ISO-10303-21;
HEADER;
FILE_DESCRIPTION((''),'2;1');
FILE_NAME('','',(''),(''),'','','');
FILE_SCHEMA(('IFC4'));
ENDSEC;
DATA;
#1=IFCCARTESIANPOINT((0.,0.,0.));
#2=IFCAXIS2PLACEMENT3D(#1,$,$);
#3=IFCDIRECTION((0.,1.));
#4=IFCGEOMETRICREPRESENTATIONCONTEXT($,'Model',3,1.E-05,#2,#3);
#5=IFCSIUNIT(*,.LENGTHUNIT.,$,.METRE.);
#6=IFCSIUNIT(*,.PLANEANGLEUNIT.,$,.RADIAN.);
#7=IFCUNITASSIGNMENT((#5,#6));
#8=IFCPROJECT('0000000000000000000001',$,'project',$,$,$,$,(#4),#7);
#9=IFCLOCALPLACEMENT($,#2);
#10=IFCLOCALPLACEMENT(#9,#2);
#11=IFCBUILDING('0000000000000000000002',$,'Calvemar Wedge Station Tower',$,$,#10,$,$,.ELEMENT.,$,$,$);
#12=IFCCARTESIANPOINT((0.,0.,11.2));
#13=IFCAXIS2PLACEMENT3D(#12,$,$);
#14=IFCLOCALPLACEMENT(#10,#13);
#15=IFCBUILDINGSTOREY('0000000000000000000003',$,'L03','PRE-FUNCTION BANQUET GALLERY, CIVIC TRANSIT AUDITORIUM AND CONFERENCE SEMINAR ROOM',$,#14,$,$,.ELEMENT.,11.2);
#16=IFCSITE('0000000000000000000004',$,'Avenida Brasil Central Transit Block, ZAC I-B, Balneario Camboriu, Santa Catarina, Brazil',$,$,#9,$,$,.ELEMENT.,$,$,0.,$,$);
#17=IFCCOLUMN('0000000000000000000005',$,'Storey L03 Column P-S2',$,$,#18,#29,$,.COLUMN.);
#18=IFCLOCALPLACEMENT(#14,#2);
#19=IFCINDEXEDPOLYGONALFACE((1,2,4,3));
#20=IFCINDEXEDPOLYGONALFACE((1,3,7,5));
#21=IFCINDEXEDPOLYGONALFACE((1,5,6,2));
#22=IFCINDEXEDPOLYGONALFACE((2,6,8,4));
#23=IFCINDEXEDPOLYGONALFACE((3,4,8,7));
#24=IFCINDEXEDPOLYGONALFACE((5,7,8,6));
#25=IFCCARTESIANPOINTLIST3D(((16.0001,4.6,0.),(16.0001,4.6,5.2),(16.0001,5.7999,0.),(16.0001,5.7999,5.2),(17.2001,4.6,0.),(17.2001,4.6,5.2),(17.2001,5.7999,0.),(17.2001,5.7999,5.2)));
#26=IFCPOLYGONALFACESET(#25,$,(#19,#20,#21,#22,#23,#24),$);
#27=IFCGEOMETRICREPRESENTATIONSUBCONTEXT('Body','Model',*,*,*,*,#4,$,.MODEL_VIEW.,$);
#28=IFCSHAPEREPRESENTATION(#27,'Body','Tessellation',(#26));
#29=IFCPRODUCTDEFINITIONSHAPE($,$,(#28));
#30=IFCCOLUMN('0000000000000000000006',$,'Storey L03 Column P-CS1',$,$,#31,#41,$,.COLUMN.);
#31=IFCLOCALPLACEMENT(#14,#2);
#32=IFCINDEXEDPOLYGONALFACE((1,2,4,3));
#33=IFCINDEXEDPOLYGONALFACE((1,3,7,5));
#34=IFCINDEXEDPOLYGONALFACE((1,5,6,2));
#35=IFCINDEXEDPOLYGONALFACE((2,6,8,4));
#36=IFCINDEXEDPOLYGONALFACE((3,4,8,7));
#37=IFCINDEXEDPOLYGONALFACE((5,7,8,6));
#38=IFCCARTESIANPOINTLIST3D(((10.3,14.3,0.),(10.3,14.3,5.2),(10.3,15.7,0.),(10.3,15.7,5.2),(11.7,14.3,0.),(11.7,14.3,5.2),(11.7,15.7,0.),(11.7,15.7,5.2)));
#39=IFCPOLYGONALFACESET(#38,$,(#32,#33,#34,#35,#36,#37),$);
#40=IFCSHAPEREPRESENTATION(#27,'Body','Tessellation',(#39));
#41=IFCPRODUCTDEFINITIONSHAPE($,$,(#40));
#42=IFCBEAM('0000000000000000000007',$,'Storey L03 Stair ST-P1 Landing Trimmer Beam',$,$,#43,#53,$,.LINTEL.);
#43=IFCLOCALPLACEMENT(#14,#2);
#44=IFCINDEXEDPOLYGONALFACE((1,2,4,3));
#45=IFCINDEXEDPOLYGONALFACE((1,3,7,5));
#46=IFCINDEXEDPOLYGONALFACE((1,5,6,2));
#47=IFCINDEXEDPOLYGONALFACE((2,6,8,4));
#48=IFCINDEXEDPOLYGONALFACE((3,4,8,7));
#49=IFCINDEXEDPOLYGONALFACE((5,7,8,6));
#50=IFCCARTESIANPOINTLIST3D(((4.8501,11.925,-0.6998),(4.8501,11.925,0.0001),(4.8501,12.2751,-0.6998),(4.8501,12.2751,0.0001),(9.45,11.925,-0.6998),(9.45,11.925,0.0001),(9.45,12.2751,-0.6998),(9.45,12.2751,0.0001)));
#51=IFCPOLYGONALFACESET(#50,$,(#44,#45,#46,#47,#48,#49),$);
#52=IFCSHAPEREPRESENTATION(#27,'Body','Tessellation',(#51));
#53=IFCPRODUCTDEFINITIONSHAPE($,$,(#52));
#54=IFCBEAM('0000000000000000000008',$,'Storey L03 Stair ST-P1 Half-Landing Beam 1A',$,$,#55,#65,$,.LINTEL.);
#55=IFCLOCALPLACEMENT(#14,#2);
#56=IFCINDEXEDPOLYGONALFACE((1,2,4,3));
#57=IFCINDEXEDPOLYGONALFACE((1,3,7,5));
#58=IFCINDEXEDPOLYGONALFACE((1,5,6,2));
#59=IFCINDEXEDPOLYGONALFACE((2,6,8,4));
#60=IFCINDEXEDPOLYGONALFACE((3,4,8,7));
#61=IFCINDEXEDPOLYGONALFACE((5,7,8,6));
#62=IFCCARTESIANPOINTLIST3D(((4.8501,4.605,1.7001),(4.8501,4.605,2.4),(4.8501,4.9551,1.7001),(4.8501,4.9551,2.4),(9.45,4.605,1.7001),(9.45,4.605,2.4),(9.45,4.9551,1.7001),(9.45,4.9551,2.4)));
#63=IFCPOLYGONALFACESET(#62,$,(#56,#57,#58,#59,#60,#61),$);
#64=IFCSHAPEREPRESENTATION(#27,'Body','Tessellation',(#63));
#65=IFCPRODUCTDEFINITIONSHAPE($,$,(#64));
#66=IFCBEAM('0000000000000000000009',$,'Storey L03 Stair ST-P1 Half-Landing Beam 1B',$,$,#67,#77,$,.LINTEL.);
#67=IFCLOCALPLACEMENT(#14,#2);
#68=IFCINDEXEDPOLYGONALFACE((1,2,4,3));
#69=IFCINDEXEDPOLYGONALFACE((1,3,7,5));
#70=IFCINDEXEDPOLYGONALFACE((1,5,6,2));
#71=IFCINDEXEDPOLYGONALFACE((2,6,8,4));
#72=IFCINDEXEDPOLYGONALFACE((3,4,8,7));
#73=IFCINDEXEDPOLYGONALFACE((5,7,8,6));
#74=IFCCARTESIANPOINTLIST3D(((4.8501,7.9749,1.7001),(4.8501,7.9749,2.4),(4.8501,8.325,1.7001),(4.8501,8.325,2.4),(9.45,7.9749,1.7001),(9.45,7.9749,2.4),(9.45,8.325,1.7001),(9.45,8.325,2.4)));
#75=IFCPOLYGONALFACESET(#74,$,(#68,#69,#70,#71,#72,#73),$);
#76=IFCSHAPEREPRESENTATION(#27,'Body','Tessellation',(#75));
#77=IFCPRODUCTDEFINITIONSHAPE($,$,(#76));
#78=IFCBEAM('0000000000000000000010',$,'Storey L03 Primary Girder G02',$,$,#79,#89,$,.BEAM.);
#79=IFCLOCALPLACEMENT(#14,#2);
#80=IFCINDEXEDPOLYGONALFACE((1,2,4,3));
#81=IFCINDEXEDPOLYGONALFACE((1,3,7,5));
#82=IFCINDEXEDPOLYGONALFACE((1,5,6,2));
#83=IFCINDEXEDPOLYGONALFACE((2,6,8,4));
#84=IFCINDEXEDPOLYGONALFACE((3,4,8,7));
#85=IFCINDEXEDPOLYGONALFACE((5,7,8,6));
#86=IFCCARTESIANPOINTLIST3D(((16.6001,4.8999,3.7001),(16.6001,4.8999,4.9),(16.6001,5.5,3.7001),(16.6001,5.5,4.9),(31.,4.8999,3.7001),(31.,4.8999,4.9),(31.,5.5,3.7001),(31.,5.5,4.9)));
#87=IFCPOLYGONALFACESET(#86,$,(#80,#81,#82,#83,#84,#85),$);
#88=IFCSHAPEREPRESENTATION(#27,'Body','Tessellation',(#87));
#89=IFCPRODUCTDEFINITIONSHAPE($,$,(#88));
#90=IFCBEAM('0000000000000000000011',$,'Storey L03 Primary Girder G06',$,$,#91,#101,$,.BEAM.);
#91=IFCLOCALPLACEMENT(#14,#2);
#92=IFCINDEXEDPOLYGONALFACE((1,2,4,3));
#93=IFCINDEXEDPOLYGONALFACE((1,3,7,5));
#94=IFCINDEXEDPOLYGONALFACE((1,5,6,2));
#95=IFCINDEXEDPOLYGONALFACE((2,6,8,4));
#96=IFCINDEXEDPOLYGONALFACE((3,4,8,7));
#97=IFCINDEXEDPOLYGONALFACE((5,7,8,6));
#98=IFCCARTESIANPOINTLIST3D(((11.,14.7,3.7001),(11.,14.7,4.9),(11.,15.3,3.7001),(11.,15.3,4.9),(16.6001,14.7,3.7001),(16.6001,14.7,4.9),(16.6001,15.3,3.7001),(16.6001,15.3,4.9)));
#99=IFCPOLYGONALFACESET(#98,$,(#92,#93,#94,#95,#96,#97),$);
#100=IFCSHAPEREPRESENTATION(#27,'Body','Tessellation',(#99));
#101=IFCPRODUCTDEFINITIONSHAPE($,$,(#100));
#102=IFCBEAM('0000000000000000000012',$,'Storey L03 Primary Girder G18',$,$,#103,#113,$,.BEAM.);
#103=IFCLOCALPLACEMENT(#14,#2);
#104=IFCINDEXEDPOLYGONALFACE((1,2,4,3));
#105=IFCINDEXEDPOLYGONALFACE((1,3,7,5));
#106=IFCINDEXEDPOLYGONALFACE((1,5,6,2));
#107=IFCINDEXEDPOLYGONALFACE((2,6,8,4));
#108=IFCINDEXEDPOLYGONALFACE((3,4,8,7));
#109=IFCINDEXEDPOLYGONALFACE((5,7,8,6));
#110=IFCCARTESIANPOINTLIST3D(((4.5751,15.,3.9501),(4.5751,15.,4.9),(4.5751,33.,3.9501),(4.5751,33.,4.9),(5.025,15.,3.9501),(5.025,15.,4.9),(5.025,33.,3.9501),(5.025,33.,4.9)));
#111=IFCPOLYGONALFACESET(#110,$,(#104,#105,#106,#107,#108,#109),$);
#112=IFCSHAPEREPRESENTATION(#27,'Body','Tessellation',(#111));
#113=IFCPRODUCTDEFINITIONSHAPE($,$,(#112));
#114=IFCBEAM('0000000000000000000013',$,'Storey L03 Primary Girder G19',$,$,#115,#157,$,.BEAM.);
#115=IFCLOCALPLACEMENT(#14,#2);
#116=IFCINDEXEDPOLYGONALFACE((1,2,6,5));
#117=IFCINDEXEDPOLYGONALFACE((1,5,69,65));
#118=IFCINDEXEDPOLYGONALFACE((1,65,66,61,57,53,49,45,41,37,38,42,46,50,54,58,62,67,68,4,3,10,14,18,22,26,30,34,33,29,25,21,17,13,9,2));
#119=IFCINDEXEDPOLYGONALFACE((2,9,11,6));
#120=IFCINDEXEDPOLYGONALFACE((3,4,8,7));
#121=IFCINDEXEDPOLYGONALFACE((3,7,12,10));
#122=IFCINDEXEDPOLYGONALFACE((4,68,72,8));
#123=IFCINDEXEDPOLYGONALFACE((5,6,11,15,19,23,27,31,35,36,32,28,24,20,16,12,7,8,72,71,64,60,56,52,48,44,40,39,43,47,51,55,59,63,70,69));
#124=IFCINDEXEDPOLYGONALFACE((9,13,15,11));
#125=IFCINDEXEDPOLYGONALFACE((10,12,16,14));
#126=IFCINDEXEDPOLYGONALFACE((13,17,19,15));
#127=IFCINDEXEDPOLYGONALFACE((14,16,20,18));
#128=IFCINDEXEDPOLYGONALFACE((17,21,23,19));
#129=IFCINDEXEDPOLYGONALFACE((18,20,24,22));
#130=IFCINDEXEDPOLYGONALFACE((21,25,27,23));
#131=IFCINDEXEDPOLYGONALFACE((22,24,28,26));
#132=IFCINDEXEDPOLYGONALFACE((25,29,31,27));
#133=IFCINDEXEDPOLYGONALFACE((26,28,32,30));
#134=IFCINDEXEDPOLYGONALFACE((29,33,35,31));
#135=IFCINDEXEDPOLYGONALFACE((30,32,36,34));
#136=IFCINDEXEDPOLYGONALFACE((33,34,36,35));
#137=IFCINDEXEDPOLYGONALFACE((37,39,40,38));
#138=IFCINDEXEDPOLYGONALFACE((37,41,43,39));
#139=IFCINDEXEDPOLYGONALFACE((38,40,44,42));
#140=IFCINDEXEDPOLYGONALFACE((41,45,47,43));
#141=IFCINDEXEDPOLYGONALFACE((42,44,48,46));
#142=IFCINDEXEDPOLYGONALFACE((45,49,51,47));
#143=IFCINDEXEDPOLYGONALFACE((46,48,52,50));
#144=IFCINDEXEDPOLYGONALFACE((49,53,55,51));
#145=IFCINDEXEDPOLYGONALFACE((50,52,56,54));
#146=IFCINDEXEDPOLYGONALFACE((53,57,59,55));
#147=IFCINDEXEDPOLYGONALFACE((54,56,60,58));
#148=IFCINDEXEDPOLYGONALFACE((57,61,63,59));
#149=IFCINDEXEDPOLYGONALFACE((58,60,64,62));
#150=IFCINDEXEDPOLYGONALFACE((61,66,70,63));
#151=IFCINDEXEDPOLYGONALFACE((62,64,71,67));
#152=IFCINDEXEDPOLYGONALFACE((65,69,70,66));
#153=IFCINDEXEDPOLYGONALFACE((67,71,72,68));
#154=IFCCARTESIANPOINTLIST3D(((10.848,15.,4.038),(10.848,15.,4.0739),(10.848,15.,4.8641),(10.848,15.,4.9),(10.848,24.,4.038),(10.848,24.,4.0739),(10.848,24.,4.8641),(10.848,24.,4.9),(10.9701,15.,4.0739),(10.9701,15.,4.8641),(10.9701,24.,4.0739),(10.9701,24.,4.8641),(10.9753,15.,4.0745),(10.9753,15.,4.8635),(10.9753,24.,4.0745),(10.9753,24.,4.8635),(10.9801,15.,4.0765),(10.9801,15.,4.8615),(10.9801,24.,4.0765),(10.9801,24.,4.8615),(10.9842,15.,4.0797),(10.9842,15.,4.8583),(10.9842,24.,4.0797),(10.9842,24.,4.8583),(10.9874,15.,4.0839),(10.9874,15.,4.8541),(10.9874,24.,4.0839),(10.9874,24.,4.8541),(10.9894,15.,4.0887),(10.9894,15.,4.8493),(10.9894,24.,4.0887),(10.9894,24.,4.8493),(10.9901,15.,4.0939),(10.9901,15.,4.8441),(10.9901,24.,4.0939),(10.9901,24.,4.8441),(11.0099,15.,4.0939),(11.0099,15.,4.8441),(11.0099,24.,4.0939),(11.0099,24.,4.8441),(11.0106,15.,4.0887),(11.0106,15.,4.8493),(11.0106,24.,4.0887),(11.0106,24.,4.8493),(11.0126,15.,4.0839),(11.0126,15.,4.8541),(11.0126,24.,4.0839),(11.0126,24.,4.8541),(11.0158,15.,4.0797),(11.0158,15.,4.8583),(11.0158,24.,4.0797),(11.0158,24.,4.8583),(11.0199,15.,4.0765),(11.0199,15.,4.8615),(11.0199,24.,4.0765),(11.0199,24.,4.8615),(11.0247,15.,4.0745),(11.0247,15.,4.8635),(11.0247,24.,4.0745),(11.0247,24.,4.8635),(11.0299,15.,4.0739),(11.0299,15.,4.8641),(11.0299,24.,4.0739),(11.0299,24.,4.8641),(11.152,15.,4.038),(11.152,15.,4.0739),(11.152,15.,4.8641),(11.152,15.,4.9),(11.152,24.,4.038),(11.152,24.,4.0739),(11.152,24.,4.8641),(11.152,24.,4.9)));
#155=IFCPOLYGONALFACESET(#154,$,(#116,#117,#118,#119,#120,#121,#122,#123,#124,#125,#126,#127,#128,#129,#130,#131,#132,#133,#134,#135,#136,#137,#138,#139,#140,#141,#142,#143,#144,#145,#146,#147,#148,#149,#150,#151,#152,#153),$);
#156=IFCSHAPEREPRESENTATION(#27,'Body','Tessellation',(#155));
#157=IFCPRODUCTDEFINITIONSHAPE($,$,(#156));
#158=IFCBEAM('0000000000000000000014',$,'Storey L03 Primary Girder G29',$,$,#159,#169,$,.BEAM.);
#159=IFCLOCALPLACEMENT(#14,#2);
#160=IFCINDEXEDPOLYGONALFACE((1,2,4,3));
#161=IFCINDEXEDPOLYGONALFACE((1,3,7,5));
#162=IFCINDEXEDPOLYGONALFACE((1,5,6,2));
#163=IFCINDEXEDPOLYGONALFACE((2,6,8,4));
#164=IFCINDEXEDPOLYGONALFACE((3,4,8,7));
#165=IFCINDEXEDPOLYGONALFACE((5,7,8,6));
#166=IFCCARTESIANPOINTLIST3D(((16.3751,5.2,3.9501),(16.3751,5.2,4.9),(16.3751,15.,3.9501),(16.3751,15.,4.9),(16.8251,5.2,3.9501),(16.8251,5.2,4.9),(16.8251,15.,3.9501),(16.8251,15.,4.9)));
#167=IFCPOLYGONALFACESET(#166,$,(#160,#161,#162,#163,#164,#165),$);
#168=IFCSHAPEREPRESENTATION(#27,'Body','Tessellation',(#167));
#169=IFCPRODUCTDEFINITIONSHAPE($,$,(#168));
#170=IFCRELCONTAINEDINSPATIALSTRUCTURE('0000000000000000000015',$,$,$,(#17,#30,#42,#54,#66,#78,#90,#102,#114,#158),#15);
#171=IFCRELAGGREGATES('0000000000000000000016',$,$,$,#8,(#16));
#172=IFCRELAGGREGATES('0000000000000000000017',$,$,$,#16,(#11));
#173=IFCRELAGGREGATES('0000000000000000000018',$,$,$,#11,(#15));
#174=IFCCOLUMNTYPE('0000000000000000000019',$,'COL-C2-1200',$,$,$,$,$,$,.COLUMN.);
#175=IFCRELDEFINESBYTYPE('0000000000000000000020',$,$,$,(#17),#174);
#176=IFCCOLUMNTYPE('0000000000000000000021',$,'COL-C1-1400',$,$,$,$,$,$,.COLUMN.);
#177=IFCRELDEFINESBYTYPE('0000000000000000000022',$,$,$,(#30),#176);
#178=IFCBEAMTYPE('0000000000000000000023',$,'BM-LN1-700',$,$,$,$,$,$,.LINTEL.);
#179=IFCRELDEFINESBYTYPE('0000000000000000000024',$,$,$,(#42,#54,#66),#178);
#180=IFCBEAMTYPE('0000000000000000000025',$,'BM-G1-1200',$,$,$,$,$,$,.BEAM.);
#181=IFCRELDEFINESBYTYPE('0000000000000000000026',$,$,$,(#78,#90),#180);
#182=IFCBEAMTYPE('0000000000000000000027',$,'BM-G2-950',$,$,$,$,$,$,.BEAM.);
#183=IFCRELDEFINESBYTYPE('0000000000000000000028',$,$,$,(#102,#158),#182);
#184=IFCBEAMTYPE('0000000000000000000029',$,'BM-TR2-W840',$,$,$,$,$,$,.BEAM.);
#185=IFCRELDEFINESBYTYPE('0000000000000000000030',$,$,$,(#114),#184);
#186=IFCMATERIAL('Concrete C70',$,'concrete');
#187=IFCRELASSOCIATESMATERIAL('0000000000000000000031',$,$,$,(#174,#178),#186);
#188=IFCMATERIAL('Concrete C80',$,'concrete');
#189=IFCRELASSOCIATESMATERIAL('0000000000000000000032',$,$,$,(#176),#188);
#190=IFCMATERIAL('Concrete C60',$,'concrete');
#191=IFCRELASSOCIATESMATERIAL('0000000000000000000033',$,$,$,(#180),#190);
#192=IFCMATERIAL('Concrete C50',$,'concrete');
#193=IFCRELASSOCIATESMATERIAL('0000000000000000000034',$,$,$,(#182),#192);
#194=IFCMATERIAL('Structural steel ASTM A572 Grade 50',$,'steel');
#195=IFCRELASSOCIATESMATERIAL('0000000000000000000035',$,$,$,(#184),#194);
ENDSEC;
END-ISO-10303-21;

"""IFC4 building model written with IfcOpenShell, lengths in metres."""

from ifc_helpers import new_model, si_unit, direction, frame, origin, origin_2d, place, context, subcontext, project, spatial, rectangle, i_section, extrude, source, transform, mapped, material, material_profile, profile_set, type_object, element, save


model = new_model("IFC4")

# Units and contexts
model_context = context("Model", 3, precision=1e-05, world=origin(), true_north=direction((0.0, 1.0)))
body_context = subcontext(model_context, "Body", "Model", "MODEL_VIEW")
ifc_project = project(units=[si_unit("LENGTHUNIT", "METRE"), si_unit("PLANEANGLEUNIT", "RADIAN")], contexts=[model_context])

# Site, building, storey
site_placement = place(None, origin())
site = spatial("IfcSite", under=ifc_project, at=site_placement, Name="Avenida Brasil Central Transit Block, ZAC I-B, Balneario Camboriu, Santa Catarina, Brazil", CompositionType="ELEMENT", RefElevation=0.0)
building_placement = place(site_placement, origin())
building = spatial("IfcBuilding", under=site, at=building_placement, Name="Calvemar Wedge Station Tower", CompositionType="ELEMENT")
storey_placement = place(building_placement, frame((0.0, 0.0, 11.2)))
storey = spatial("IfcBuildingStorey", under=building, at=storey_placement, Name="L03", Description="PRE-FUNCTION BANQUET GALLERY, CIVIC TRANSIT AUDITORIUM AND CONFERENCE SEMINAR ROOM", CompositionType="ELEMENT", Elevation=11.2)

# Columns
ifc_material_1 = material(Name="Concrete C70", Category="concrete")
ifc_material_profile_1 = material_profile(ifc_material_1, rectangle(XDim=1.2, YDim=1.2, at=origin_2d()), Name="RC1200x1200")
ifc_profile_set_1 = profile_set([ifc_material_profile_1], Name="Concrete C70")
column_type_1 = type_object("IfcColumnType", Name="COL-C2-1200", PredefinedType="COLUMN", material=ifc_profile_set_1)
shared_shape_1 = source(origin(), body_context, "Body", "SweptSolid", [
    extrude(rectangle(XDim=1.2, YDim=1.2, at=origin_2d()), origin(), (0.0, 0.0, 1.0), 5.2),
])
column_1_placement = place(storey_placement, frame((16.6001, 5.2, 0.0), z_axis=(0.0, 0.0, 1.0), x_axis=(1.0, 0.0, 0.0)))
element("IfcColumn", 1, at=column_1_placement, inside=storey, type_object=column_type_1, Name="Storey L03 Column P-S2", PredefinedType="COLUMN", context=body_context, shape_type="MappedRepresentation", body=[
    mapped(shared_shape_1, transform((0.0, 0.0, 0.0), scale=1.0)),
])
ifc_material_2 = material(Name="Concrete C80", Category="concrete")
ifc_material_profile_2 = material_profile(ifc_material_2, rectangle(XDim=1.3999, YDim=1.3999, at=origin_2d()), Name="RC1400x1400")
ifc_profile_set_2 = profile_set([ifc_material_profile_2], Name="Concrete C80")
column_type_2 = type_object("IfcColumnType", Name="COL-C1-1400", PredefinedType="COLUMN", material=ifc_profile_set_2)
shared_shape_2 = source(origin(), body_context, "Body", "SweptSolid", [
    extrude(rectangle(XDim=1.3999, YDim=1.3999, at=origin_2d()), origin(), (0.0, 0.0, 1.0), 5.2),
])
column_2_placement = place(storey_placement, frame((11.0, 15.0, 0.0), z_axis=(0.0, 0.0, 1.0), x_axis=(1.0, 0.0, 0.0)))
element("IfcColumn", 2, at=column_2_placement, inside=storey, type_object=column_type_2, Name="Storey L03 Column P-CS1", PredefinedType="COLUMN", context=body_context, shape_type="MappedRepresentation", body=[
    mapped(shared_shape_2, transform((0.0, 0.0, 0.0), scale=1.0)),
])

# Beams
ifc_material_profile_3 = material_profile(ifc_material_1, rectangle(XDim=0.3501, YDim=0.7, at=origin_2d()), Name="RC350x700")
ifc_profile_set_3 = profile_set([ifc_material_profile_3], Name="Concrete C70")
beam_type_1 = type_object("IfcBeamType", Name="BM-LN1-700", PredefinedType="LINTEL", material=ifc_profile_set_3)
shared_shape_3 = source(origin(), body_context, "Body", "SweptSolid", [
    extrude(rectangle(XDim=0.3501, YDim=0.7, at=origin_2d()), origin(), (0.0, 0.0, 1.0), 4.5999),
])
for number, where, z_axis, x_axis, name in (
    (3, (4.8501, 12.1001, -0.3499), (1.0, 0.0, 0.0), (0.0, 1.0, 0.0), "Storey L03 Stair ST-P1 Landing Trimmer Beam"),
    (4, (4.8501, 4.78, 2.05), (1.0, 0.0, 0.0), (0.0, 1.0, 0.0), "Storey L03 Stair ST-P1 Half-Landing Beam 1A"),
    (5, (4.8501, 8.1499, 2.05), (1.0, 0.0, 0.0), (0.0, 1.0, 0.0), "Storey L03 Stair ST-P1 Half-Landing Beam 1B"),
):
    element("IfcBeam", number, at=place(storey_placement, frame(where, z_axis=z_axis, x_axis=x_axis)), inside=storey, type_object=beam_type_1, Name=name, PredefinedType="LINTEL", context=body_context, shape_type="MappedRepresentation", body=[
        mapped(shared_shape_3, transform((0.0, 0.0, 0.0), scale=1.0)),
    ])
ifc_material_3 = material(Name="Concrete C60", Category="concrete")
ifc_material_profile_4 = material_profile(ifc_material_3, rectangle(XDim=0.6001, YDim=1.2, at=origin_2d()), Name="RC600x1200")
ifc_profile_set_4 = profile_set([ifc_material_profile_4], Name="Concrete C60")
beam_type_2 = type_object("IfcBeamType", Name="BM-G1-1200", PredefinedType="BEAM", material=ifc_profile_set_4)
shared_shape_4 = source(origin(), body_context, "Body", "SweptSolid", [
    extrude(rectangle(XDim=0.6001, YDim=1.2, at=origin_2d()), origin(), (0.0, 0.0, 1.0), 14.3999),
])
beam_1_placement = place(storey_placement, frame((16.6001, 5.2, 4.3), z_axis=(1.0, 0.0, 0.0), x_axis=(0.0, 1.0, 0.0)))
element("IfcBeam", 6, at=beam_1_placement, inside=storey, type_object=beam_type_2, Name="Storey L03 Primary Girder G02", PredefinedType="BEAM", context=body_context, shape_type="MappedRepresentation", body=[
    mapped(shared_shape_4, transform((0.0, 0.0, 0.0), scale=1.0)),
])
shared_shape_5 = source(origin(), body_context, "Body", "SweptSolid", [
    extrude(rectangle(XDim=0.6001, YDim=1.2, at=origin_2d()), origin(), (0.0, 0.0, 1.0), 5.6001),
])
beam_2_placement = place(storey_placement, frame((11.0, 15.0, 4.3), z_axis=(1.0, 0.0, 0.0), x_axis=(0.0, 1.0, 0.0)))
element("IfcBeam", 7, at=beam_2_placement, inside=storey, type_object=beam_type_2, Name="Storey L03 Primary Girder G06", PredefinedType="BEAM", context=body_context, shape_type="MappedRepresentation", body=[
    mapped(shared_shape_5, transform((0.0, 0.0, 0.0), scale=1.0)),
])
ifc_material_4 = material(Name="Concrete C50", Category="concrete")
ifc_material_profile_5 = material_profile(ifc_material_4, rectangle(XDim=0.45, YDim=0.95, at=origin_2d()), Name="RC450x950")
ifc_profile_set_5 = profile_set([ifc_material_profile_5], Name="Concrete C50")
beam_type_3 = type_object("IfcBeamType", Name="BM-G2-950", PredefinedType="BEAM", material=ifc_profile_set_5)
shared_shape_6 = source(origin(), body_context, "Body", "SweptSolid", [
    extrude(rectangle(XDim=0.45, YDim=0.95, at=origin_2d()), origin(), (0.0, 0.0, 1.0), 18.0),
])
beam_3_placement = place(storey_placement, frame((4.8, 15.0, 4.425), z_axis=(0.0, 1.0, 0.0), x_axis=(-1.0, 0.0, 0.0)))
element("IfcBeam", 8, at=beam_3_placement, inside=storey, type_object=beam_type_3, Name="Storey L03 Primary Girder G18", PredefinedType="BEAM", context=body_context, shape_type="MappedRepresentation", body=[
    mapped(shared_shape_6, transform((0.0, 0.0, 0.0), scale=1.0)),
])
ifc_material_5 = material(Name="Structural steel ASTM A572 Grade 50", Category="steel")
ifc_material_profile_6 = material_profile(ifc_material_5, i_section(OverallWidth=0.304, OverallDepth=0.8621, WebThickness=0.0198, FlangeThickness=0.0359, FilletRadius=0.02, at=origin_2d()), Name="W840x329")
ifc_profile_set_6 = profile_set([ifc_material_profile_6], Name="Structural steel ASTM A572 Grade 50")
beam_type_4 = type_object("IfcBeamType", Name="BM-TR2-W840", PredefinedType="BEAM", material=ifc_profile_set_6)
shared_shape_7 = source(origin(), body_context, "Body", "SweptSolid", [
    extrude(i_section(OverallWidth=0.304, OverallDepth=0.8621, WebThickness=0.0198, FlangeThickness=0.0359, FilletRadius=0.02, at=origin_2d()), origin(), (0.0, 0.0, 1.0), 9.0),
])
beam_4_placement = place(storey_placement, frame((11.0, 15.0, 4.469), z_axis=(0.0, 1.0, 0.0), x_axis=(-1.0, 0.0, 0.0)))
element("IfcBeam", 9, at=beam_4_placement, inside=storey, type_object=beam_type_4, Name="Storey L03 Primary Girder G19", PredefinedType="BEAM", context=body_context, shape_type="MappedRepresentation", body=[
    mapped(shared_shape_7, transform((0.0, 0.0, 0.0), scale=1.0)),
])
shared_shape_8 = source(origin(), body_context, "Body", "SweptSolid", [
    extrude(rectangle(XDim=0.45, YDim=0.95, at=origin_2d()), origin(), (0.0, 0.0, 1.0), 9.8),
])
beam_5_placement = place(storey_placement, frame((16.6001, 5.2, 4.425), z_axis=(0.0, 1.0, 0.0), x_axis=(-1.0, 0.0, 0.0)))
element("IfcBeam", 10, at=beam_5_placement, inside=storey, type_object=beam_type_3, Name="Storey L03 Primary Girder G29", PredefinedType="BEAM", context=body_context, shape_type="MappedRepresentation", body=[
    mapped(shared_shape_8, transform((0.0, 0.0, 0.0), scale=1.0)),
])

save(model, "model.ifc")
